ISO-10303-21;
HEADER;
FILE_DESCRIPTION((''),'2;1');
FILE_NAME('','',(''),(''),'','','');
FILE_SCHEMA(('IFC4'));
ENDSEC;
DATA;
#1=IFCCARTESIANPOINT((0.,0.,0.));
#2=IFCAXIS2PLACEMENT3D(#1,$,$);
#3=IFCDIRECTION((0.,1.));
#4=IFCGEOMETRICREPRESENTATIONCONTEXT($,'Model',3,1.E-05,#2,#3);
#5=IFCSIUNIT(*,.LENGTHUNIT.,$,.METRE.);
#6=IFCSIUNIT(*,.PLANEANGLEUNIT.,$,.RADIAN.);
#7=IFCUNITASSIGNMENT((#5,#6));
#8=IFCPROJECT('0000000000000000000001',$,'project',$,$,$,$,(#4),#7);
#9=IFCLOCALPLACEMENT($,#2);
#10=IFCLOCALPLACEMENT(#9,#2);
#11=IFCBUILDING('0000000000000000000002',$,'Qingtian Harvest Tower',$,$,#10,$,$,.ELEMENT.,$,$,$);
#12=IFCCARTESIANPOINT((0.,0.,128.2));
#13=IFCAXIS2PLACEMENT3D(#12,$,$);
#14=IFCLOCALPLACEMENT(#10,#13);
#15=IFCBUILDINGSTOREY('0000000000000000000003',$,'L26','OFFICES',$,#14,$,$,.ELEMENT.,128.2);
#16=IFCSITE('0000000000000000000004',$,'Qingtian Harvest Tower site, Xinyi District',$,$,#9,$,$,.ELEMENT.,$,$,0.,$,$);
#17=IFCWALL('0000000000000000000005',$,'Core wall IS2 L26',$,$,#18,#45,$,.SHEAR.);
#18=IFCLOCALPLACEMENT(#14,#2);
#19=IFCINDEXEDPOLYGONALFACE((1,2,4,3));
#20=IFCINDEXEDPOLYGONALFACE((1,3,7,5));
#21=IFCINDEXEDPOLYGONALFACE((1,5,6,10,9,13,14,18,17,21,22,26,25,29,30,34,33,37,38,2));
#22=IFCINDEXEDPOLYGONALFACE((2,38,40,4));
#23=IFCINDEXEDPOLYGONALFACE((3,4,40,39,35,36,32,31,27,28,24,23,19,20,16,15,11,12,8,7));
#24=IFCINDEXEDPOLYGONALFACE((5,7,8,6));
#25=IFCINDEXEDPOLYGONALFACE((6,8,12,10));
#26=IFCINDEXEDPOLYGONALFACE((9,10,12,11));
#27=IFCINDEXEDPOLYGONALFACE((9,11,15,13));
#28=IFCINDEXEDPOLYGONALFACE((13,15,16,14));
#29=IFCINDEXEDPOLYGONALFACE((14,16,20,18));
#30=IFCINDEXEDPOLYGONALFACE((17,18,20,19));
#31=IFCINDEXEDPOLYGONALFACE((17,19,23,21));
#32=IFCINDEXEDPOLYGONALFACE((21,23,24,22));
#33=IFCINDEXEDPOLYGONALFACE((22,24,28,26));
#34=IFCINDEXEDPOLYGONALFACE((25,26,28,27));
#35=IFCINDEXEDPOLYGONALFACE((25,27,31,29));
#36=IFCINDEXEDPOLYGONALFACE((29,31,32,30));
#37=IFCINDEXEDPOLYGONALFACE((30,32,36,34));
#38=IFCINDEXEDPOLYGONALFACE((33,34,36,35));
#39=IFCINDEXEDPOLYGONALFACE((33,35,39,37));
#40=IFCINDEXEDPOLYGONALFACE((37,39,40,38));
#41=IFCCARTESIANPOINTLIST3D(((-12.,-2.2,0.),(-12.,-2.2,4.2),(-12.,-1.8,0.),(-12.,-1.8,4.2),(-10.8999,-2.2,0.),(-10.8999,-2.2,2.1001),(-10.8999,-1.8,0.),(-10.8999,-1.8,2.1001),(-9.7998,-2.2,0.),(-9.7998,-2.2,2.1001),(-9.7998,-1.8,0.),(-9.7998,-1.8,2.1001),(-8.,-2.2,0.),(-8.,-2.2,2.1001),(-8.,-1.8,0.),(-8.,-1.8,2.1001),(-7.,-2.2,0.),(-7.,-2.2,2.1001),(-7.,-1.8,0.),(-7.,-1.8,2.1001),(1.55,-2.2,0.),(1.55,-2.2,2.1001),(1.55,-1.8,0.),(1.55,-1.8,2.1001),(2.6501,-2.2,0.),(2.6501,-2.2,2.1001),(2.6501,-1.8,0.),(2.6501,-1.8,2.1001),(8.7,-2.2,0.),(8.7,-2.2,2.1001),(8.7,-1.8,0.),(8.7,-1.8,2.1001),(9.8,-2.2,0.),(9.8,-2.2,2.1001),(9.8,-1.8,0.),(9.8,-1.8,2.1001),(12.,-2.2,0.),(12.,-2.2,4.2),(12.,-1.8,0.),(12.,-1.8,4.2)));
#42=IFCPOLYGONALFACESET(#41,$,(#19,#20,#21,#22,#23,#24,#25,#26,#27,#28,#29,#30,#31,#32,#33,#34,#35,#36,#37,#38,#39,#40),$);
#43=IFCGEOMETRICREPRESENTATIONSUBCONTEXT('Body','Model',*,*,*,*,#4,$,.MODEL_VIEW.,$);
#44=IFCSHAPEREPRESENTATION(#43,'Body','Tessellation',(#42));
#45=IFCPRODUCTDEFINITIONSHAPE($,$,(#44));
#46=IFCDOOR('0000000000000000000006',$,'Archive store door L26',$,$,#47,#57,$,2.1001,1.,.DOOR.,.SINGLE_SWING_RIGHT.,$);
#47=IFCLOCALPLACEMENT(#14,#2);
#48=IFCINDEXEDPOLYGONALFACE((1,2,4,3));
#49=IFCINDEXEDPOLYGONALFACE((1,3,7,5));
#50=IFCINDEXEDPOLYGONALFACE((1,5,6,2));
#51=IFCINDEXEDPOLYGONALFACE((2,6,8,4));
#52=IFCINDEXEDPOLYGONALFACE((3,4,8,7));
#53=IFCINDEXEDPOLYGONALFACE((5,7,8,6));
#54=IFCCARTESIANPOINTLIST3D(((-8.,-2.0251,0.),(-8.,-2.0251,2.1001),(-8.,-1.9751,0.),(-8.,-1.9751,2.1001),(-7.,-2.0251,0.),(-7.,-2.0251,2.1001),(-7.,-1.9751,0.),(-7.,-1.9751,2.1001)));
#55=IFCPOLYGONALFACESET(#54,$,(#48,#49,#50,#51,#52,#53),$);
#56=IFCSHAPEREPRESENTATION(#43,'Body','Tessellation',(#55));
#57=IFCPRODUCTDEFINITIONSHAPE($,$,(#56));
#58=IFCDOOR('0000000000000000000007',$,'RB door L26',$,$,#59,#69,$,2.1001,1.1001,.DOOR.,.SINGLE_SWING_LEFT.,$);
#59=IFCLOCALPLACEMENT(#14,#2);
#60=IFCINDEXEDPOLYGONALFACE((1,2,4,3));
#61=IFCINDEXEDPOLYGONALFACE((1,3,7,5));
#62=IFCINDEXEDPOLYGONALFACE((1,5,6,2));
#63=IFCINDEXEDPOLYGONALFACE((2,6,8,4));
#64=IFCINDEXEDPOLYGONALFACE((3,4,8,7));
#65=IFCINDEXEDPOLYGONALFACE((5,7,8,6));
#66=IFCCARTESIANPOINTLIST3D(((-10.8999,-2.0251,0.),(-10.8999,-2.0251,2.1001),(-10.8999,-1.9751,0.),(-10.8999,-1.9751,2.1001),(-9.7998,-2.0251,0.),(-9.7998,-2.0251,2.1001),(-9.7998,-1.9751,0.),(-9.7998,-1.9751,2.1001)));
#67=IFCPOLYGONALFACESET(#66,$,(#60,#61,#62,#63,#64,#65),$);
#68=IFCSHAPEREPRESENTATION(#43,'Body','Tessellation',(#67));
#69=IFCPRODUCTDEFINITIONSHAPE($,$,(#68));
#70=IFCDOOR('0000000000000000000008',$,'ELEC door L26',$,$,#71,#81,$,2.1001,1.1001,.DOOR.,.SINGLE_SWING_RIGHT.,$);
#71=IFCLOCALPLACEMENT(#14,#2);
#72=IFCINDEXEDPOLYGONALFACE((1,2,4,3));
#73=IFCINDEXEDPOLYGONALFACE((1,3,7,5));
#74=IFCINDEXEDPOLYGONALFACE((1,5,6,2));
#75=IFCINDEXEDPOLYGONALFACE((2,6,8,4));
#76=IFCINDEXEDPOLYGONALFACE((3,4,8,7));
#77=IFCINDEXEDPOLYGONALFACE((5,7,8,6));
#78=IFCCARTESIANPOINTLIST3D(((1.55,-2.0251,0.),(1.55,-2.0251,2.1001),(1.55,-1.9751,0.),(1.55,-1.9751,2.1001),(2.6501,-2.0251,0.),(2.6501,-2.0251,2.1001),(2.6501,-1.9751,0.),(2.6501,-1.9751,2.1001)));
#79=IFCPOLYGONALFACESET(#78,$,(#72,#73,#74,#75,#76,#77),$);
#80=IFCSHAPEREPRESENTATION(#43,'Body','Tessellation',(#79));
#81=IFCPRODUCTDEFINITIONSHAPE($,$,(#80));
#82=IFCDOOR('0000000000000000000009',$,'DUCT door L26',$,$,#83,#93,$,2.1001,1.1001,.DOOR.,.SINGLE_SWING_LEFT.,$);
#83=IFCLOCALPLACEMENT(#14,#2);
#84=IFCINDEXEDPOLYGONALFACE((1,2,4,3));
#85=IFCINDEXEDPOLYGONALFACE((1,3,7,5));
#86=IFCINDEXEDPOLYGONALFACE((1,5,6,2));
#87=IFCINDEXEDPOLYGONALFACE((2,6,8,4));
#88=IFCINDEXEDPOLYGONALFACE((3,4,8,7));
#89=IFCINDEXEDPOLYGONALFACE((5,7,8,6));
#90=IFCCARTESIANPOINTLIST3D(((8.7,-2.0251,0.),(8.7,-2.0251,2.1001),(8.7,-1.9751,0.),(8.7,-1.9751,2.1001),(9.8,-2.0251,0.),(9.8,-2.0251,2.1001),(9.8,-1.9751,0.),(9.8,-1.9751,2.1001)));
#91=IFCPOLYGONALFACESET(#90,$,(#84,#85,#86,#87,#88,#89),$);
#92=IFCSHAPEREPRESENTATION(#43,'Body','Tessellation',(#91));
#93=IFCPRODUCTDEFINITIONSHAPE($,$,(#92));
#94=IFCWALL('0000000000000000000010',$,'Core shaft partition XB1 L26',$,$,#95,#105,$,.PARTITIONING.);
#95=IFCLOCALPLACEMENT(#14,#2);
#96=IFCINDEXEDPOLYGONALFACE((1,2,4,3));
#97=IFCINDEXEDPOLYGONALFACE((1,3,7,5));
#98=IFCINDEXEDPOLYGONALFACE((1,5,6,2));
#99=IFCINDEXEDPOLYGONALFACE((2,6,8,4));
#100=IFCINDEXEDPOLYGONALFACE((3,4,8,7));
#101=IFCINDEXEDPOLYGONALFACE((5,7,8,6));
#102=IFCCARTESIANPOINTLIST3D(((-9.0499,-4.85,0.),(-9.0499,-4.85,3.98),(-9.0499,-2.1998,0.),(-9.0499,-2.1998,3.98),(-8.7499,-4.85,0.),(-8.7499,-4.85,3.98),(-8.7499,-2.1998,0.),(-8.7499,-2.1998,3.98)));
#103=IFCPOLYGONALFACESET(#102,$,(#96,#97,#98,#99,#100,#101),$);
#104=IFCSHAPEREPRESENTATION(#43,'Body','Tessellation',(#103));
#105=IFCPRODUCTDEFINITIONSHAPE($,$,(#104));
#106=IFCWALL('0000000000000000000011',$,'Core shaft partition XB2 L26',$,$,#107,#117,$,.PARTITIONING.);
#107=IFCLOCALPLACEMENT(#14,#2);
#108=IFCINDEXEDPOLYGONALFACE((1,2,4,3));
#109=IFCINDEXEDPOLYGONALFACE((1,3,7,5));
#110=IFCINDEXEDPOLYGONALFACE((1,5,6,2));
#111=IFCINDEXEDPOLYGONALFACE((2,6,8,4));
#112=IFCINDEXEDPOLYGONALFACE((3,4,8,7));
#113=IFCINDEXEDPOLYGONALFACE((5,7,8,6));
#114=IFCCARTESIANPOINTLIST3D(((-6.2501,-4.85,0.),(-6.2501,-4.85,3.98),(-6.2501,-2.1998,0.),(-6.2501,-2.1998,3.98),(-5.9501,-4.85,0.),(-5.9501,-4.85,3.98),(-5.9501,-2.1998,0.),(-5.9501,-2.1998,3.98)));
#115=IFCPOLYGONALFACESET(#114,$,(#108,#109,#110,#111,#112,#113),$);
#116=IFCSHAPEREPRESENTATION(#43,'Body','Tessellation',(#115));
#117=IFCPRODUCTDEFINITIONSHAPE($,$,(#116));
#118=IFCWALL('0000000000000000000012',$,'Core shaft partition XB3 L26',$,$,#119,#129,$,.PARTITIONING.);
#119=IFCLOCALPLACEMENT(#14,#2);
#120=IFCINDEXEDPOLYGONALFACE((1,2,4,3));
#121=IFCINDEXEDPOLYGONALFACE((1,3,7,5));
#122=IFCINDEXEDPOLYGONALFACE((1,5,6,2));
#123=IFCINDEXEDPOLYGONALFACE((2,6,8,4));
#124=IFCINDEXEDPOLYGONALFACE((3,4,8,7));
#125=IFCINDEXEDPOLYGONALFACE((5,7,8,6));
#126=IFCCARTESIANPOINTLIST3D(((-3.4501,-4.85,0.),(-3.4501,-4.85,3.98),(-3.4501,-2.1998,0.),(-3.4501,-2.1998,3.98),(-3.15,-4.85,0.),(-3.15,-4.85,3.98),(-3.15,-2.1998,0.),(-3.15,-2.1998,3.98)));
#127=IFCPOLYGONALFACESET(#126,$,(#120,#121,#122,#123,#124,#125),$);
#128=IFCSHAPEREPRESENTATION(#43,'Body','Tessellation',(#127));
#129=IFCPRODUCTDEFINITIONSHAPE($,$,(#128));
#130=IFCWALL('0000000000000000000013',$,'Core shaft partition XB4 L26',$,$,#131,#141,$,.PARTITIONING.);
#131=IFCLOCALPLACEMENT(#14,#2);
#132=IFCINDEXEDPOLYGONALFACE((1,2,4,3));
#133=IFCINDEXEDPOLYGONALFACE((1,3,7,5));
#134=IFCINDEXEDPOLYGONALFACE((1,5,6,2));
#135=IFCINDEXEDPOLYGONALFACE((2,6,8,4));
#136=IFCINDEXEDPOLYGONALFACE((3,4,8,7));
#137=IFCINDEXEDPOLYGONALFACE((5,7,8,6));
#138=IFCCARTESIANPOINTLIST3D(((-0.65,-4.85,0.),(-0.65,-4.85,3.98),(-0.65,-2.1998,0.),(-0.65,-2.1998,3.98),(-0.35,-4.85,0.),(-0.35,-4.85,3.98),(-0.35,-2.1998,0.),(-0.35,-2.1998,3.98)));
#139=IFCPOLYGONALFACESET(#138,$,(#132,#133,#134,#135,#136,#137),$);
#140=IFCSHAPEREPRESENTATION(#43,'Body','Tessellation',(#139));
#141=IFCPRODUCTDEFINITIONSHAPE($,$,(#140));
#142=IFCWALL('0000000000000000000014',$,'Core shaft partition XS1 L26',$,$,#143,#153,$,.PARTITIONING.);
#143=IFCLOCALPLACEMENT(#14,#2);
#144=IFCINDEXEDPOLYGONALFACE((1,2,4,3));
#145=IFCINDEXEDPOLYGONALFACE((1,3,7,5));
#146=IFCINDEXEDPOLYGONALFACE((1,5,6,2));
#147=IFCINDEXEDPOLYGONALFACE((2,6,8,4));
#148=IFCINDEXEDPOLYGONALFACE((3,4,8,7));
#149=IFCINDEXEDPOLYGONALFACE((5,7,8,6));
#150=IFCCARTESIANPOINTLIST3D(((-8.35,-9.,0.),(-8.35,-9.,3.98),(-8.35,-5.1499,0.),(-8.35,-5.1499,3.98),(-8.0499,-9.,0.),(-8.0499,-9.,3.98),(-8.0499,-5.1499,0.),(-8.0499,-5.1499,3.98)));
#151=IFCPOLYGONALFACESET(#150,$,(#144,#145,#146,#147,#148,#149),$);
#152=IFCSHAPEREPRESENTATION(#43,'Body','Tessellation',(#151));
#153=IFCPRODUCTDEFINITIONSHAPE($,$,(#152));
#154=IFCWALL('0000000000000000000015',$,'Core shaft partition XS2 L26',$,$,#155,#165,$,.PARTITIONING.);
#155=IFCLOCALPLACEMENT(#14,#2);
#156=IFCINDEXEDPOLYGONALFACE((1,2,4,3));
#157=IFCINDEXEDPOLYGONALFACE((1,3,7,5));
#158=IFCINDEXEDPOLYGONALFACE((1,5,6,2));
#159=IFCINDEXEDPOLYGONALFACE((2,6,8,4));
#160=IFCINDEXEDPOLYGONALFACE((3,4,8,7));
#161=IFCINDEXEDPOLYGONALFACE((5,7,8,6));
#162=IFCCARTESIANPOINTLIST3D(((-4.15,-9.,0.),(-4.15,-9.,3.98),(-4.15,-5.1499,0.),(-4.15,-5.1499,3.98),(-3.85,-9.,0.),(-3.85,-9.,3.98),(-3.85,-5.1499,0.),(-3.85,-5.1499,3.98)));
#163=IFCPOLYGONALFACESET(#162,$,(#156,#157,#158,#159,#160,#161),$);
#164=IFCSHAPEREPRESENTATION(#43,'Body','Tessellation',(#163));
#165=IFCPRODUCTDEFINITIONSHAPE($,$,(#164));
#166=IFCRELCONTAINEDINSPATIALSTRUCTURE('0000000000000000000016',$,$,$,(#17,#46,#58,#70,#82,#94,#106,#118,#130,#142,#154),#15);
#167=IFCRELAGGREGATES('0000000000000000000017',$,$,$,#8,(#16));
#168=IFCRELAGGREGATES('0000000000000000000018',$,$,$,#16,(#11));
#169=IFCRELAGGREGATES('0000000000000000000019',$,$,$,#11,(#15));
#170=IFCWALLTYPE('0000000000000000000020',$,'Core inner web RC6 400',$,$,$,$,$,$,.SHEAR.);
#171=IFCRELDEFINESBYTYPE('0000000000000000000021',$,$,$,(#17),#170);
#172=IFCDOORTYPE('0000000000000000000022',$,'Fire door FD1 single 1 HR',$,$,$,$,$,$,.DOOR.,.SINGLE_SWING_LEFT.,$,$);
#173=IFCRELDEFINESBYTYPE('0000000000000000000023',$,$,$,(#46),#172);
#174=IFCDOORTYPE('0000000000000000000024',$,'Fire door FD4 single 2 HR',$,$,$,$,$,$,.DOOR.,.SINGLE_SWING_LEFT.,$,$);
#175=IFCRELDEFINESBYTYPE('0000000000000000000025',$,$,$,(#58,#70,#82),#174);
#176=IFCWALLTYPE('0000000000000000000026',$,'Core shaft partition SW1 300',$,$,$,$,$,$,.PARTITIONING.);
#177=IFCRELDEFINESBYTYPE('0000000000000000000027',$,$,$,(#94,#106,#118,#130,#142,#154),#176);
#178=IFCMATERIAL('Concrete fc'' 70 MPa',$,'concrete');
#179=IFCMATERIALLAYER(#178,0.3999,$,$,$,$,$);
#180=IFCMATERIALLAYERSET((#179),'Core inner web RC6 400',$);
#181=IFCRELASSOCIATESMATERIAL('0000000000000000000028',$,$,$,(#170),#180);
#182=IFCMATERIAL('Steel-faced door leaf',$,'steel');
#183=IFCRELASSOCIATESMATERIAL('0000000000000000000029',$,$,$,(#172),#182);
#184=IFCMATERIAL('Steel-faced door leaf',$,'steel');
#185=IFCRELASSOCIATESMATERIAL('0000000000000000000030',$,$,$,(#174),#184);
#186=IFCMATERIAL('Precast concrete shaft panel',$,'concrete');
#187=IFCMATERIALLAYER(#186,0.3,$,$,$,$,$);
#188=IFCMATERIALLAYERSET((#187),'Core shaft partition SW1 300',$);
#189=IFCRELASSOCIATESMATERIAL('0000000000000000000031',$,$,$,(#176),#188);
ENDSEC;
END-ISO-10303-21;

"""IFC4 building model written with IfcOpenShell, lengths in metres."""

from ifc_helpers import new_model, si_unit, direction, frame, frame_2d, origin, place, context, subcontext, project, spatial, rectangle, extrude, material, layer, layer_set, type_object, element, fill, save


model = new_model("IFC4")

# Units and contexts
model_context = context("Model", 3, precision=1e-05, world=origin(), true_north=direction((0.0, 1.0)))
body_context = subcontext(model_context, "Body", "Model", "MODEL_VIEW")
ifc_project = project(units=[si_unit("LENGTHUNIT", "METRE"), si_unit("PLANEANGLEUNIT", "RADIAN")], contexts=[model_context])

# Site, building, storey
site_placement = place(None, origin())
site = spatial("IfcSite", under=ifc_project, at=site_placement, Name="Qingtian Harvest Tower site, Xinyi District", CompositionType="ELEMENT", RefElevation=0.0)
building_placement = place(site_placement, origin())
building = spatial("IfcBuilding", under=site, at=building_placement, Name="Qingtian Harvest Tower", CompositionType="ELEMENT")
storey_placement = place(building_placement, frame((0.0, 0.0, 128.2)))
storey = spatial("IfcBuildingStorey", under=building, at=storey_placement, Name="L26", Description="OFFICES", CompositionType="ELEMENT", Elevation=128.2)

# Wall, openings, doors
ifc_material_1 = material(Name="Concrete fc' 70 MPa", Category="concrete")
ifc_layer_1 = layer(ifc_material_1, 0.3999)
ifc_layer_set_1 = layer_set([ifc_layer_1], Name="Core inner web RC6 400")
wall_type_1 = type_object("IfcWallType", Name="Core inner web RC6 400", PredefinedType="SHEAR", material=ifc_layer_set_1)
wall_1_placement = place(storey_placement, frame((-12.0, -2.0, 0.0), z_axis=(0.0, 0.0, 1.0), x_axis=(1.0, 0.0, 0.0)))
wall_1 = element("IfcWall", 1, at=wall_1_placement, inside=storey, type_object=wall_type_1, Name="Core wall IS2 L26", PredefinedType="SHEAR", context=body_context, shape_type="SweptSolid", body=[
    extrude(rectangle(XDim=24.0, YDim=0.3999, at=frame_2d((12.0, 0.0))), origin(), (0.0, 0.0, 1.0), 4.2),
])
opening_1_placement = place(wall_1_placement, frame((1.1001, 0.0, 0.0)))
opening_1 = element("IfcOpeningElement", 2, at=opening_1_placement, cuts=wall_1, PredefinedType="OPENING", context=body_context, shape_type="SweptSolid", body=[
    extrude(rectangle(XDim=1.1001, YDim=2.1001, at=frame_2d((0.55, 1.05))), frame((0.0, 0.21, 0.0), z_axis=(0.0, -1.0, 0.0), x_axis=(1.0, 0.0, 0.0)), (0.0, 0.0, 1.0), 0.4199),
])
opening_2_placement = place(wall_1_placement, frame((13.55, 0.0, 0.0)))
opening_2 = element("IfcOpeningElement", 3, at=opening_2_placement, cuts=wall_1, PredefinedType="OPENING", context=body_context, shape_type="SweptSolid", body=[
    extrude(rectangle(XDim=1.1001, YDim=2.1001, at=frame_2d((0.55, 1.05))), frame((0.0, 0.21, 0.0), z_axis=(0.0, -1.0, 0.0), x_axis=(1.0, 0.0, 0.0)), (0.0, 0.0, 1.0), 0.4199),
])
opening_3_placement = place(wall_1_placement, frame((20.7, 0.0, 0.0)))
opening_3 = element("IfcOpeningElement", 4, at=opening_3_placement, cuts=wall_1, PredefinedType="OPENING", context=body_context, shape_type="SweptSolid", body=[
    extrude(rectangle(XDim=1.1001, YDim=2.1001, at=frame_2d((0.55, 1.05))), frame((0.0, 0.21, 0.0), z_axis=(0.0, -1.0, 0.0), x_axis=(1.0, 0.0, 0.0)), (0.0, 0.0, 1.0), 0.4199),
])
opening_4_placement = place(wall_1_placement, frame((4.0, 0.0, 0.0)))
opening_4 = element("IfcOpeningElement", 5, at=opening_4_placement, cuts=wall_1, PredefinedType="OPENING", context=body_context, shape_type="SweptSolid", body=[
    extrude(rectangle(XDim=1.0, YDim=2.1001, at=frame_2d((0.5, 1.05))), frame((0.0, 0.21, 0.0), z_axis=(0.0, -1.0, 0.0), x_axis=(1.0, 0.0, 0.0)), (0.0, 0.0, 1.0), 0.4199),
])
ifc_material_2 = material(Name="Steel-faced door leaf", Category="steel")
door_type_1 = type_object("IfcDoorType", Name="Fire door FD1 single 1 HR", OperationType="SINGLE_SWING_LEFT", PredefinedType="DOOR", material=ifc_material_2)
door_1_placement = place(opening_4_placement, origin())
door_1 = element("IfcDoor", 6, at=door_1_placement, inside=storey, type_object=door_type_1, Name="Archive store door L26", OperationType="SINGLE_SWING_RIGHT", OverallHeight=2.1001, OverallWidth=1.0, PredefinedType="DOOR", context=body_context, shape_type="SweptSolid", body=[
    extrude(rectangle(XDim=1.0, YDim=2.1001, at=frame_2d((0.5, 1.05))), frame((0.0, 0.0249, 0.0), z_axis=(0.0, -1.0, 0.0), x_axis=(1.0, 0.0, 0.0)), (0.0, 0.0, 1.0), 0.05),
])
fill(opening_4, door_1)
ifc_material_3 = material(Name="Steel-faced door leaf", Category="steel")
door_type_2 = type_object("IfcDoorType", Name="Fire door FD4 single 2 HR", OperationType="SINGLE_SWING_LEFT", PredefinedType="DOOR", material=ifc_material_3)
door_2_placement = place(opening_1_placement, origin())
door_2 = element("IfcDoor", 7, at=door_2_placement, inside=storey, type_object=door_type_2, Name="RB door L26", OperationType="SINGLE_SWING_LEFT", OverallHeight=2.1001, OverallWidth=1.1001, PredefinedType="DOOR", context=body_context, shape_type="SweptSolid", body=[
    extrude(rectangle(XDim=1.1001, YDim=2.1001, at=frame_2d((0.55, 1.05))), frame((0.0, 0.0249, 0.0), z_axis=(0.0, -1.0, 0.0), x_axis=(1.0, 0.0, 0.0)), (0.0, 0.0, 1.0), 0.05),
])
fill(opening_1, door_2)
door_3_placement = place(opening_2_placement, origin())
door_3 = element("IfcDoor", 8, at=door_3_placement, inside=storey, type_object=door_type_2, Name="ELEC door L26", OperationType="SINGLE_SWING_RIGHT", OverallHeight=2.1001, OverallWidth=1.1001, PredefinedType="DOOR", context=body_context, shape_type="SweptSolid", body=[
    extrude(rectangle(XDim=1.1001, YDim=2.1001, at=frame_2d((0.55, 1.05))), frame((0.0, 0.0249, 0.0), z_axis=(0.0, -1.0, 0.0), x_axis=(1.0, 0.0, 0.0)), (0.0, 0.0, 1.0), 0.05),
])
fill(opening_2, door_3)
door_4_placement = place(opening_3_placement, origin())
door_4 = element("IfcDoor", 9, at=door_4_placement, inside=storey, type_object=door_type_2, Name="DUCT door L26", OperationType="SINGLE_SWING_LEFT", OverallHeight=2.1001, OverallWidth=1.1001, PredefinedType="DOOR", context=body_context, shape_type="SweptSolid", body=[
    extrude(rectangle(XDim=1.1001, YDim=2.1001, at=frame_2d((0.55, 1.05))), frame((0.0, 0.0249, 0.0), z_axis=(0.0, -1.0, 0.0), x_axis=(1.0, 0.0, 0.0)), (0.0, 0.0, 1.0), 0.05),
])
fill(opening_3, door_4)

# Walls
ifc_material_4 = material(Name="Precast concrete shaft panel", Category="concrete")
ifc_layer_2 = layer(ifc_material_4, 0.3)
ifc_layer_set_2 = layer_set([ifc_layer_2], Name="Core shaft partition SW1 300")
wall_type_2 = type_object("IfcWallType", Name="Core shaft partition SW1 300", PredefinedType="PARTITIONING", material=ifc_layer_set_2)
for number, where, z_axis, x_axis, name in (
    (10, (-8.8999, -4.8501, 0.0), (0.0, 0.0, 1.0), (0.0, 1.0, 0.0), "Core shaft partition XB1 L26"),
    (11, (-6.1001, -4.8501, 0.0), (0.0, 0.0, 1.0), (0.0, 1.0, 0.0), "Core shaft partition XB2 L26"),
    (12, (-3.3, -4.8501, 0.0), (0.0, 0.0, 1.0), (0.0, 1.0, 0.0), "Core shaft partition XB3 L26"),
    (13, (-0.5, -4.8501, 0.0), (0.0, 0.0, 1.0), (0.0, 1.0, 0.0), "Core shaft partition XB4 L26"),
):
    element("IfcWall", number, at=place(storey_placement, frame(where, z_axis=z_axis, x_axis=x_axis)), inside=storey, type_object=wall_type_2, Name=name, PredefinedType="PARTITIONING", context=body_context, shape_type="SweptSolid", body=[
        extrude(rectangle(XDim=2.6501, YDim=0.3, at=frame_2d((1.3252, 0.0))), origin(), (0.0, 0.0, 1.0), 3.98),
    ])
for number, where, z_axis, x_axis, name in (
    (14, (-8.2, -9.0, 0.0), (0.0, 0.0, 1.0), (0.0, 1.0, 0.0), "Core shaft partition XS1 L26"),
    (15, (-4.0, -9.0, 0.0), (0.0, 0.0, 1.0), (0.0, 1.0, 0.0), "Core shaft partition XS2 L26"),
):
    element("IfcWall", number, at=place(storey_placement, frame(where, z_axis=z_axis, x_axis=x_axis)), inside=storey, type_object=wall_type_2, Name=name, PredefinedType="PARTITIONING", context=body_context, shape_type="SweptSolid", body=[
        extrude(rectangle(XDim=3.8501, YDim=0.3, at=frame_2d((1.925, 0.0))), origin(), (0.0, 0.0, 1.0), 3.98),
    ])

save(model, "model.ifc")
